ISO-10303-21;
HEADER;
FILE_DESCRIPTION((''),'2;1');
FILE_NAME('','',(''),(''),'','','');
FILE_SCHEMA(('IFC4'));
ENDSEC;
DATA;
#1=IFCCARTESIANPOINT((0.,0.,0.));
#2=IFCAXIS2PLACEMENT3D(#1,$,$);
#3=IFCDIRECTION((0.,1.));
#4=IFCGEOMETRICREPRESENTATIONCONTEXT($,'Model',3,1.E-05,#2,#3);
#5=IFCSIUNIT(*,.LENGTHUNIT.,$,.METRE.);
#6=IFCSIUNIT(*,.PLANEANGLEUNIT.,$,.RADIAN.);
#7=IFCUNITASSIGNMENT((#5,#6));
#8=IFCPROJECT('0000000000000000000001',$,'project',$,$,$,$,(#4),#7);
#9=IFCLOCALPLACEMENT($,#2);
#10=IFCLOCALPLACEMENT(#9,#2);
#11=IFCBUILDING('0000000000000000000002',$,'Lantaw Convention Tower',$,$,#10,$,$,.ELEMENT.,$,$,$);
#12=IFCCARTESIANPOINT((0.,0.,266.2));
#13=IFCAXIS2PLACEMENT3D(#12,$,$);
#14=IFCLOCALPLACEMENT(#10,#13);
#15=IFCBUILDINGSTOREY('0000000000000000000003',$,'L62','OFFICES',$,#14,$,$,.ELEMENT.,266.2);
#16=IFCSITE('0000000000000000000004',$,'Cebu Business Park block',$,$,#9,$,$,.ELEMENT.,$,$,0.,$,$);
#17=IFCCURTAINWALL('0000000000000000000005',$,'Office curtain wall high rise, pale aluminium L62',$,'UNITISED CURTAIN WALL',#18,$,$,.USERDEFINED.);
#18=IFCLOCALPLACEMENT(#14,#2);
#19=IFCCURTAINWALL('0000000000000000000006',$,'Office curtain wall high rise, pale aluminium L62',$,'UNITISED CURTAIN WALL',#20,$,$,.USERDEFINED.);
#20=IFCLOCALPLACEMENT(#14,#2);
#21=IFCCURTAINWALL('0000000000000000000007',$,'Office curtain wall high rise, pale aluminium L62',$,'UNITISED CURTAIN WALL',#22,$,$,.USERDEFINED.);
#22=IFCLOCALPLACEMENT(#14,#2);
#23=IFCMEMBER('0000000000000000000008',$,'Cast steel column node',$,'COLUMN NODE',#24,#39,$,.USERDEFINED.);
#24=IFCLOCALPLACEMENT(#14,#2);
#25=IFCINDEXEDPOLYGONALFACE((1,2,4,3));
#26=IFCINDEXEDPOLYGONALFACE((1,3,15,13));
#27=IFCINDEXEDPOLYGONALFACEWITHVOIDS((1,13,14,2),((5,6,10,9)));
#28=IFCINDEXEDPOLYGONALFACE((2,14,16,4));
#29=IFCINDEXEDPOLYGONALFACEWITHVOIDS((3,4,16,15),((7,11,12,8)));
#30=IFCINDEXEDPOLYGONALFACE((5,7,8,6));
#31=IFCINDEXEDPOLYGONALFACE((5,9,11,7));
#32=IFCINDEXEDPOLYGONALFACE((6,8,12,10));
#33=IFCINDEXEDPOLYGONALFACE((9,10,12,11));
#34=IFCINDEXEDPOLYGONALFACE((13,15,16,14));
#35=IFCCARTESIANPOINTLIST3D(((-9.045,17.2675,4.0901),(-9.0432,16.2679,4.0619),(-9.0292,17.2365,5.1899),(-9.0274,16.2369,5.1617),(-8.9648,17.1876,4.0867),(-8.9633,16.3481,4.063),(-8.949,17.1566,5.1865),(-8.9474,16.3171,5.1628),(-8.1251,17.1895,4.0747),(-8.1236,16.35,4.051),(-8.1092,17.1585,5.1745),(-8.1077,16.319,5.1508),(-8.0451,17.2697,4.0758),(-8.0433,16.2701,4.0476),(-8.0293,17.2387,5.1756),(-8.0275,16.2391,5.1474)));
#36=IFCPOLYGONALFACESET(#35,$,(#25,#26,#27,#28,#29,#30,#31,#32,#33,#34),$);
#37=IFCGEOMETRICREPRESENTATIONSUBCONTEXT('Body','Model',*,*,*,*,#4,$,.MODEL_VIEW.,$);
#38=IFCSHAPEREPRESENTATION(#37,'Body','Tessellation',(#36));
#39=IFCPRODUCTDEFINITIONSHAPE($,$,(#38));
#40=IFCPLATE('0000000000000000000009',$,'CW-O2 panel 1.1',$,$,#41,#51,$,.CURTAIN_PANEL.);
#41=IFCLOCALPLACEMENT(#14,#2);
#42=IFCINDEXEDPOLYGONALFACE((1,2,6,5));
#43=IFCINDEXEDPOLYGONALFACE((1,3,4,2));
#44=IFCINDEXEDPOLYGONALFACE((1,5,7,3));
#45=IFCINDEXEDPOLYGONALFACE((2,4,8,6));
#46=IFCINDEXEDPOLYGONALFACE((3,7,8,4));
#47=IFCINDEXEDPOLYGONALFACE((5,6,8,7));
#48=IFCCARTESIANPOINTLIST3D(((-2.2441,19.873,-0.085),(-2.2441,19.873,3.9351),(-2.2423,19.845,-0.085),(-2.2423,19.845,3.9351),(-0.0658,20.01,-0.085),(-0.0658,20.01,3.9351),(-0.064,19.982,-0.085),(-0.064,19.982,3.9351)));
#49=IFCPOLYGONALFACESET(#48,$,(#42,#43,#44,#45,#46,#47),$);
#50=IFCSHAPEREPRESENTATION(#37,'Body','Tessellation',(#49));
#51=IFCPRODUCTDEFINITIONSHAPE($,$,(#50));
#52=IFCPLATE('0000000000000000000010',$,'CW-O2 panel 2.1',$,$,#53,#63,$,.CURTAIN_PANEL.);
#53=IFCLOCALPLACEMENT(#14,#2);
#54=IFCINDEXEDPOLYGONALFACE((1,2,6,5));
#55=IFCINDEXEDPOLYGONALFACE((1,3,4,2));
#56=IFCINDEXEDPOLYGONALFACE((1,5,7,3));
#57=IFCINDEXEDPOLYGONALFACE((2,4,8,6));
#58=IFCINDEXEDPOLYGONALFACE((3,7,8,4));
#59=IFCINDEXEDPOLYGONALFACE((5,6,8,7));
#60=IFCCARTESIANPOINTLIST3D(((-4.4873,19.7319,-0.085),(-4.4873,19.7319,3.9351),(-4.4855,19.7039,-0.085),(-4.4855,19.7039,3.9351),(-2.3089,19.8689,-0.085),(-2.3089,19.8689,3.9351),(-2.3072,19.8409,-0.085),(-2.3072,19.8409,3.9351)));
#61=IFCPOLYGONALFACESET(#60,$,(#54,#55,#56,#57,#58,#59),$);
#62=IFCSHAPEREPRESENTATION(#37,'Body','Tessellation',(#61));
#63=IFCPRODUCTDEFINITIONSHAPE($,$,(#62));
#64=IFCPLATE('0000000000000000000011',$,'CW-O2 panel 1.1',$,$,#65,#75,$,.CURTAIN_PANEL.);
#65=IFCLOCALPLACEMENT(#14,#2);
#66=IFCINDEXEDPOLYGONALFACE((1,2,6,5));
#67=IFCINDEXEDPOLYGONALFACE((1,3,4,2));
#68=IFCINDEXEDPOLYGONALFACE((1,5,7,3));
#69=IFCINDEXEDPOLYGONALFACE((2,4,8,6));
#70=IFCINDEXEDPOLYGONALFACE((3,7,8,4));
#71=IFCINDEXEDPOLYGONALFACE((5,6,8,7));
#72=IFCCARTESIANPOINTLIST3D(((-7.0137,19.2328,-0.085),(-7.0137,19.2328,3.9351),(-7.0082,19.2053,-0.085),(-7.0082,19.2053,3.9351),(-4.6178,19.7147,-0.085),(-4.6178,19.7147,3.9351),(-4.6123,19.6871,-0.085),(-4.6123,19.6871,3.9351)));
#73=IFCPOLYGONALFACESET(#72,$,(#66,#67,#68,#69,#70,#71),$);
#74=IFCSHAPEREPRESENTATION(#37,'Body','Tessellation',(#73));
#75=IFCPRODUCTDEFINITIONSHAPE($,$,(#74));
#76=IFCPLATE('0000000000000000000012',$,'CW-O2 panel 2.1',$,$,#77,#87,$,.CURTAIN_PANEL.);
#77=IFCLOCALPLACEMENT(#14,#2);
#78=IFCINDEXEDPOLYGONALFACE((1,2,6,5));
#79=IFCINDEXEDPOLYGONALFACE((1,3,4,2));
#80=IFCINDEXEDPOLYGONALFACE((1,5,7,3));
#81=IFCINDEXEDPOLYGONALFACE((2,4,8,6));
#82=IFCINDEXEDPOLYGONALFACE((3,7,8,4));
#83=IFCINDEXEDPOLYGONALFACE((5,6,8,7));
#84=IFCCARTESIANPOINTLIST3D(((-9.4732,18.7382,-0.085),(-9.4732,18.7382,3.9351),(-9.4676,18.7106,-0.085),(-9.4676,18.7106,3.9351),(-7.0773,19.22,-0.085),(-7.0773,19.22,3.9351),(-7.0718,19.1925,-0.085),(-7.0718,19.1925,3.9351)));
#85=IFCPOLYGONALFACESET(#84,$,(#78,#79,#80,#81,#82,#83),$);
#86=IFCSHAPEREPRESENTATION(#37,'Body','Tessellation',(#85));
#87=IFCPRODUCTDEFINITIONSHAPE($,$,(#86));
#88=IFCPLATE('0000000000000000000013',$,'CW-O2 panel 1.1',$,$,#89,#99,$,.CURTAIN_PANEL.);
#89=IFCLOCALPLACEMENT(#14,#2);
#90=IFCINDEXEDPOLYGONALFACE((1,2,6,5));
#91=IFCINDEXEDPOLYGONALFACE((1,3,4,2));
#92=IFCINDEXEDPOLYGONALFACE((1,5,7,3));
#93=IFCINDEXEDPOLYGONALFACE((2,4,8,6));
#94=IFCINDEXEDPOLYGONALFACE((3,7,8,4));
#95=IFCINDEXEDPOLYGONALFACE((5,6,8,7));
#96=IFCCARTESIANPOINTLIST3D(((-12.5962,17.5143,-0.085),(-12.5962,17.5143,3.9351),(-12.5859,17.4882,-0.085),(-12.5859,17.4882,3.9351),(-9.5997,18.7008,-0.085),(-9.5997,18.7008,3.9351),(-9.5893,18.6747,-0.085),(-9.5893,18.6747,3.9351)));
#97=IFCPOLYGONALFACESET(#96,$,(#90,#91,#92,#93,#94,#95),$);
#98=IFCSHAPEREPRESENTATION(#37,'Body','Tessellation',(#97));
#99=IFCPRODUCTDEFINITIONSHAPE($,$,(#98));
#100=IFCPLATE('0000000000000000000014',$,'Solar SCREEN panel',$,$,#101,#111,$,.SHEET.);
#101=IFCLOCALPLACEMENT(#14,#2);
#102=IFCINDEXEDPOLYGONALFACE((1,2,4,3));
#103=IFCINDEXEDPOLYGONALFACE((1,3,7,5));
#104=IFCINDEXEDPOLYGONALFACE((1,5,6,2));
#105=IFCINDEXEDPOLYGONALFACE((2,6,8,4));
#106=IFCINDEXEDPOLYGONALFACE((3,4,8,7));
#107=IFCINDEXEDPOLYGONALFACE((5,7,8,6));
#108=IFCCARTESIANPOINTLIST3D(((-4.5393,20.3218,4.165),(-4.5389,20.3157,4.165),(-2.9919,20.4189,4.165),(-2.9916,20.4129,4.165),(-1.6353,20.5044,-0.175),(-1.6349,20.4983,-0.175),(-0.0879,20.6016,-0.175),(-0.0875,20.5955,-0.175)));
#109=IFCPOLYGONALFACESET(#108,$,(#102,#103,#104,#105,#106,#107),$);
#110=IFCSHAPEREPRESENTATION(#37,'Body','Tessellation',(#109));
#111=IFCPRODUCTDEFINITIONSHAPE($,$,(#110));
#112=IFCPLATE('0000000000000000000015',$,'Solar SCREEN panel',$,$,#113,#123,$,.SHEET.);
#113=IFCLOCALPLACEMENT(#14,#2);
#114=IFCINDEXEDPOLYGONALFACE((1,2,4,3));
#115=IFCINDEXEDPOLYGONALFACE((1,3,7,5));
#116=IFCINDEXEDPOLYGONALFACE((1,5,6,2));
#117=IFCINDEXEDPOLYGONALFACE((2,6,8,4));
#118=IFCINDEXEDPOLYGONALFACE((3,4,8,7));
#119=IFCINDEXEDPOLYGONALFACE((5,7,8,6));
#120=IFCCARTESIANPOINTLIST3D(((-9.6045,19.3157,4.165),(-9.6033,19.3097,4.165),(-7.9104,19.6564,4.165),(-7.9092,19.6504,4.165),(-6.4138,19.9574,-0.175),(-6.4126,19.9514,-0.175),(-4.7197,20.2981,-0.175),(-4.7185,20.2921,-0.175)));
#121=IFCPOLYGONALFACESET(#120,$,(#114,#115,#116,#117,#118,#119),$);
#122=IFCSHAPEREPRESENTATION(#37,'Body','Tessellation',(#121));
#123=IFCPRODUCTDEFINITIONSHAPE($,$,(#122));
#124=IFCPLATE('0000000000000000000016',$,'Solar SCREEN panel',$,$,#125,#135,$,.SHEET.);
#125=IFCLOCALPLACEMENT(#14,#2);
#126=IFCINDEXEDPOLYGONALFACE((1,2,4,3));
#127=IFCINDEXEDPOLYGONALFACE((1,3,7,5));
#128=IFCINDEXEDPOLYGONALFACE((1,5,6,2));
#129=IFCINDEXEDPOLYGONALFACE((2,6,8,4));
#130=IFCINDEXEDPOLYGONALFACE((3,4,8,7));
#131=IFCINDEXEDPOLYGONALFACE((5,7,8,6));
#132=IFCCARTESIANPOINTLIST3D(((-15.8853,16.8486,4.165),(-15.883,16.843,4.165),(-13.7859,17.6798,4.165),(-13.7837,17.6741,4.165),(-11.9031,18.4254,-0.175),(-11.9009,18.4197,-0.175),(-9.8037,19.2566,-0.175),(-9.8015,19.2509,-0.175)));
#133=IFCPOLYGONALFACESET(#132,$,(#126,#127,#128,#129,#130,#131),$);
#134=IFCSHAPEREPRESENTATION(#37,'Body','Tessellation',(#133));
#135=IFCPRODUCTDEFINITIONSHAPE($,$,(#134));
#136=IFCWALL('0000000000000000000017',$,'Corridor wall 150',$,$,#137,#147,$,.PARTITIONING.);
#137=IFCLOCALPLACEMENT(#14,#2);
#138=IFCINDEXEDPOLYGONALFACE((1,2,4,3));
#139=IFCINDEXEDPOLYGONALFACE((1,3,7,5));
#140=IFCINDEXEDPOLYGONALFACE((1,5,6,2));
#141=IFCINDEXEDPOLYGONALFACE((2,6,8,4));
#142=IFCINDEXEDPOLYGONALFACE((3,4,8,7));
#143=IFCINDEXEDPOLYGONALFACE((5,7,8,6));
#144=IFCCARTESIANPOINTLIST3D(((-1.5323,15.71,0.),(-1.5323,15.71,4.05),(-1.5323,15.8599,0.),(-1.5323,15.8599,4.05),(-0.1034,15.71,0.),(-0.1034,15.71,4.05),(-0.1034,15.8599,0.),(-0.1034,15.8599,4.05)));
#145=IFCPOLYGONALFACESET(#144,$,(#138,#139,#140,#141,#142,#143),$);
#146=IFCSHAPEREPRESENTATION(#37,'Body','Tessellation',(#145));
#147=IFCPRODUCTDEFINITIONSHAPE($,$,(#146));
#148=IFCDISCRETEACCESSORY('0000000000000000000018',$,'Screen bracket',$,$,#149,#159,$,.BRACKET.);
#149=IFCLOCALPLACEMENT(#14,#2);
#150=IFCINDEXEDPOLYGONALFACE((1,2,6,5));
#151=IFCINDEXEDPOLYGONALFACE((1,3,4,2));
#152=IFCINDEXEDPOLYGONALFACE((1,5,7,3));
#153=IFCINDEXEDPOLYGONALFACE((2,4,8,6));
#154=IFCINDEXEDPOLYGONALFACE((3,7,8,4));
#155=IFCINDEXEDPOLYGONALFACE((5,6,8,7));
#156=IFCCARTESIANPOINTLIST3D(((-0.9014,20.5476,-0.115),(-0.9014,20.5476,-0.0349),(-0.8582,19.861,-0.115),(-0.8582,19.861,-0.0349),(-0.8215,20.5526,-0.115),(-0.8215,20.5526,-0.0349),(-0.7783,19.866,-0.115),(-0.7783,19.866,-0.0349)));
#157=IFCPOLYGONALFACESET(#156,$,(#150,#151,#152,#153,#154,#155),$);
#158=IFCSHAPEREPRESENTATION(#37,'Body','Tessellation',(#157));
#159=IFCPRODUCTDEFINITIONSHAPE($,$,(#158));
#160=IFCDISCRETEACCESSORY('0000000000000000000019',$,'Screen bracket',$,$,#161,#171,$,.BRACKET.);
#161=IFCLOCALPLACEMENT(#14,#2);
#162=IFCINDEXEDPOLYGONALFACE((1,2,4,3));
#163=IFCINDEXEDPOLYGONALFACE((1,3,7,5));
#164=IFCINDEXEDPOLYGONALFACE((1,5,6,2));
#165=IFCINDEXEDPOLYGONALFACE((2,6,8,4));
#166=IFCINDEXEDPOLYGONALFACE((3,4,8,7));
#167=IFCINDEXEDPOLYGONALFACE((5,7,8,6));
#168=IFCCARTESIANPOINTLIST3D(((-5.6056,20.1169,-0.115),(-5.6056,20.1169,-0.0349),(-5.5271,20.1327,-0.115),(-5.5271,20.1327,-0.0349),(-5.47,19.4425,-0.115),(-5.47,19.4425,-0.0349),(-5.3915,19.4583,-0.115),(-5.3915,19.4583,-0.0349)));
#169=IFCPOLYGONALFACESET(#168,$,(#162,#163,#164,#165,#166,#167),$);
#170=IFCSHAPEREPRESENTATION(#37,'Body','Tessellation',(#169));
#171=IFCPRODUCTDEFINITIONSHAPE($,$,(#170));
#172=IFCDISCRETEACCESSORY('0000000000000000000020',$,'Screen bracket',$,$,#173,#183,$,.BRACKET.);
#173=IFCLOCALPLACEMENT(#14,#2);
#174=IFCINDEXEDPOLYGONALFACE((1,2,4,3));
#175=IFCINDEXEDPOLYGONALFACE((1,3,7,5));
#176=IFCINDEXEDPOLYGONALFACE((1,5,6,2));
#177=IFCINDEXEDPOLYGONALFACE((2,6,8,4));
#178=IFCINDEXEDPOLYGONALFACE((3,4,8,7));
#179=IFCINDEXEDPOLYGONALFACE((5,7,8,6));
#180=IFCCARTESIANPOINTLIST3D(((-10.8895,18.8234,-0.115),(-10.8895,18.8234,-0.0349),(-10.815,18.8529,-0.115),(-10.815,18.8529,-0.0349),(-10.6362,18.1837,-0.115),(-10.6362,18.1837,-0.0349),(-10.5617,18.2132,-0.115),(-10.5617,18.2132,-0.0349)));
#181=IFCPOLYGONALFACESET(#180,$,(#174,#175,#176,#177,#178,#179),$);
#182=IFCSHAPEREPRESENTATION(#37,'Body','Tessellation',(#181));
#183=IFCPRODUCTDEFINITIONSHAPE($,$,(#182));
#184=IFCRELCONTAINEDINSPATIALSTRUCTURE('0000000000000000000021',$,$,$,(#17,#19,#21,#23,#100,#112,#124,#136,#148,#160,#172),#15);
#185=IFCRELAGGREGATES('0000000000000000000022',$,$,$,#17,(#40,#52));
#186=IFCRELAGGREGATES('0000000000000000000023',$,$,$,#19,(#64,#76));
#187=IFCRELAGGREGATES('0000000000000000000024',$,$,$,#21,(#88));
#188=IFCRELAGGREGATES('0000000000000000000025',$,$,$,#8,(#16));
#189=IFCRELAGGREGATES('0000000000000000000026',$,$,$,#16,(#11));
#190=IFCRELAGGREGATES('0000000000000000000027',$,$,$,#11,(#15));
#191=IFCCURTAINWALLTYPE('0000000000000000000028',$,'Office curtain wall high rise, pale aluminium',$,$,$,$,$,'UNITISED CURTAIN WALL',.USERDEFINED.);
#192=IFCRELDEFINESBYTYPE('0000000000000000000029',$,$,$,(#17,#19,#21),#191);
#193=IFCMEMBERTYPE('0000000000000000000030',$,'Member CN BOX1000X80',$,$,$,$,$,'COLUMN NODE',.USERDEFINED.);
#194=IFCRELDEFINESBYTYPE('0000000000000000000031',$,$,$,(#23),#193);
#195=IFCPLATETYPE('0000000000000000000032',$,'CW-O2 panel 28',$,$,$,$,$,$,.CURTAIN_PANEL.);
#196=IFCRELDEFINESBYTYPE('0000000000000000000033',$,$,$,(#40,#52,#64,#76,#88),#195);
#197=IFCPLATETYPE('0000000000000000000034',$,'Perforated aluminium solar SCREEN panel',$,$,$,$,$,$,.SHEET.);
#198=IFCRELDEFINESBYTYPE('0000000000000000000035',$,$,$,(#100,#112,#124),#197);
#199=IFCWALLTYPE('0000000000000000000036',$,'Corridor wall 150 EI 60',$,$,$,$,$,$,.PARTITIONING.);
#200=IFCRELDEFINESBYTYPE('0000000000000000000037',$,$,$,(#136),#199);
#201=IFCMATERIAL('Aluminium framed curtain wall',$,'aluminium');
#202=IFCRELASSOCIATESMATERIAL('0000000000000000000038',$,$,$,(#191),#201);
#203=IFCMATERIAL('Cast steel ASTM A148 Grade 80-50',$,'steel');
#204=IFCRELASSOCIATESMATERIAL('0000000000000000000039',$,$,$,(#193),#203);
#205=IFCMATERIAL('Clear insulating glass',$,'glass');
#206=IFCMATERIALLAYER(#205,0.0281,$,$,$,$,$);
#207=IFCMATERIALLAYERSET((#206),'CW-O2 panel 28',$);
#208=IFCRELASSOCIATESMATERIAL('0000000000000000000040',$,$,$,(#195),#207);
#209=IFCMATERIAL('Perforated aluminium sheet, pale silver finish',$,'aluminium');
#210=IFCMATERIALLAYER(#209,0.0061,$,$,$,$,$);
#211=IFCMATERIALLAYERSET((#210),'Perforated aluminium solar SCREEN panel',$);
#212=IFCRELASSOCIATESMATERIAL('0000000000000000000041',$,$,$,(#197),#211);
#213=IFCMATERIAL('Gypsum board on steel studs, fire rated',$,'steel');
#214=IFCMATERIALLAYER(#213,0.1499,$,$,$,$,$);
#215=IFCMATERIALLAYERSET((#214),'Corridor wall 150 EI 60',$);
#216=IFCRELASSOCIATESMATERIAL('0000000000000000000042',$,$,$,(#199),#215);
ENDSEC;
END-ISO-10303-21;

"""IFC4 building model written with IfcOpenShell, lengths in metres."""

from ifc_helpers import new_model, si_unit, direction, frame, frame_2d, origin, origin_2d, place, context, subcontext, project, spatial, polyline, rectangle, hollow_rectangle, outline, extrude, material, layer, layer_set, material_profile, profile_set, type_object, element, aggregate, save


model = new_model("IFC4")

# Units and contexts
model_context = context("Model", 3, precision=1e-05, world=origin(), true_north=direction((0.0, 1.0)))
body_context = subcontext(model_context, "Body", "Model", "MODEL_VIEW")
ifc_project = project(units=[si_unit("LENGTHUNIT", "METRE"), si_unit("PLANEANGLEUNIT", "RADIAN")], contexts=[model_context])

# Site, building, storey
site_placement = place(None, origin())
site = spatial("IfcSite", under=ifc_project, at=site_placement, Name="Cebu Business Park block", CompositionType="ELEMENT", RefElevation=0.0)
building_placement = place(site_placement, origin())
building = spatial("IfcBuilding", under=site, at=building_placement, Name="Lantaw Convention Tower", CompositionType="ELEMENT")
storey_placement = place(building_placement, frame((0.0, 0.0, 266.2)))
storey = spatial("IfcBuildingStorey", under=building, at=storey_placement, Name="L62", Description="OFFICES", CompositionType="ELEMENT", Elevation=266.2)

# Curtain walls
ifc_material_1 = material(Name="Aluminium framed curtain wall", Category="aluminium")
curtain_wall_type = type_object("IfcCurtainWallType", Name="Office curtain wall high rise, pale aluminium", ElementType="UNITISED CURTAIN WALL", PredefinedType="USERDEFINED", material=ifc_material_1)
curtain_wall_1_placement = place(storey_placement, origin())
curtain_wall_1 = element("IfcCurtainWall", 1, at=curtain_wall_1_placement, inside=storey, type_object=curtain_wall_type, Name="Office curtain wall high rise, pale aluminium L62", ObjectType="UNITISED CURTAIN WALL", PredefinedType="USERDEFINED")
curtain_wall_2_placement = place(storey_placement, origin())
curtain_wall_2 = element("IfcCurtainWall", 2, at=curtain_wall_2_placement, inside=storey, type_object=curtain_wall_type, Name="Office curtain wall high rise, pale aluminium L62", ObjectType="UNITISED CURTAIN WALL", PredefinedType="USERDEFINED")

# Curtain wall
curtain_wall_3_placement = place(storey_placement, origin())
curtain_wall_3 = element("IfcCurtainWall", 3, at=curtain_wall_3_placement, inside=storey, type_object=curtain_wall_type, Name="Office curtain wall high rise, pale aluminium L62", ObjectType="UNITISED CURTAIN WALL", PredefinedType="USERDEFINED")

# Member
ifc_material_2 = material(Name="Cast steel ASTM A148 Grade 80-50", Category="steel")
ifc_material_profile_1 = material_profile(ifc_material_2, hollow_rectangle(XDim=1.0, YDim=1.0, WallThickness=0.0801, at=origin_2d()), Name="BOX1000X80")
ifc_profile_set_1 = profile_set([ifc_material_profile_1], Name="Cast steel ASTM A148 Grade 80-50")
member_type_1 = type_object("IfcMemberType", Name="Member CN BOX1000X80", ElementType="COLUMN NODE", PredefinedType="USERDEFINED", material=ifc_profile_set_1)
member_1_placement = place(storey_placement, frame((-8.5442, 16.7688, 4.0688), z_axis=(0.014421, -0.028177, 0.999499), x_axis=(0.999894, 0.002217, -0.014364)))
element("IfcMember", 4, at=member_1_placement, inside=storey, type_object=member_type_1, Name="Cast steel column node", ObjectType="COLUMN NODE", PredefinedType="USERDEFINED", context=body_context, shape_type="SweptSolid", body=[
    extrude(hollow_rectangle(XDim=1.0, YDim=1.0, WallThickness=0.0801, at=origin_2d()), origin(), (0.0, 0.0, 1.0), 1.1003),
])

# Plates
ifc_material_3 = material(Name="Clear insulating glass", Category="glass")
ifc_layer_1 = layer(ifc_material_3, 0.0281)
ifc_layer_set_1 = layer_set([ifc_layer_1], Name="CW-O2 panel 28")
plate_type_1 = type_object("IfcPlateType", Name="CW-O2 panel 28", PredefinedType="CURTAIN_PANEL", material=ifc_layer_set_1)
plate_1_placement = place(storey_placement, frame((-1.1541, 19.9275, -0.085), z_axis=(0.0, 0.0, 1.0), x_axis=(-0.998029, -0.062758, 0.0)))
plate_1 = element("IfcPlate", 5, at=plate_1_placement, type_object=plate_type_1, Name="CW-O2 panel 1.1", PredefinedType="CURTAIN_PANEL", context=body_context, shape_type="SweptSolid", body=[
    extrude(rectangle(XDim=2.1826, YDim=0.0281, at=origin_2d()), origin(), (0.0, 0.0, 1.0), 4.02),
])
plate_2_placement = place(storey_placement, frame((-3.3972, 19.7864, -0.085), z_axis=(0.0, 0.0, 1.0), x_axis=(-0.998029, -0.062758, 0.0)))
plate_2 = element("IfcPlate", 6, at=plate_2_placement, type_object=plate_type_1, Name="CW-O2 panel 2.1", PredefinedType="CURTAIN_PANEL", context=body_context, shape_type="SweptSolid", body=[
    extrude(rectangle(XDim=2.1826, YDim=0.0281, at=origin_2d()), origin(), (0.0, 0.0, 1.0), 4.02),
])
aggregate(curtain_wall_1, [plate_1, plate_2])
plate_3_placement = place(storey_placement, frame((-5.813, 19.46, -0.085), z_axis=(0.0, 0.0, 1.0), x_axis=(-0.980367, -0.197183, 0.0)))
plate_3 = element("IfcPlate", 7, at=plate_3_placement, type_object=plate_type_1, Name="CW-O2 panel 1.1", PredefinedType="CURTAIN_PANEL", context=body_context, shape_type="SweptSolid", body=[
    extrude(rectangle(XDim=2.4438, YDim=0.0281, at=origin_2d()), origin(), (0.0, 0.0, 1.0), 4.02),
])
plate_4_placement = place(storey_placement, frame((-8.2725, 18.9653, -0.085), z_axis=(0.0, 0.0, 1.0), x_axis=(-0.980367, -0.197183, 0.0)))
plate_4 = element("IfcPlate", 8, at=plate_4_placement, type_object=plate_type_1, Name="CW-O2 panel 2.1", PredefinedType="CURTAIN_PANEL", context=body_context, shape_type="SweptSolid", body=[
    extrude(rectangle(XDim=2.4438, YDim=0.0281, at=origin_2d()), origin(), (0.0, 0.0, 1.0), 4.02),
])
aggregate(curtain_wall_2, [plate_3, plate_4])
plate_5_placement = place(storey_placement, frame((-11.0928, 18.0945, -0.085), z_axis=(0.0, 0.0, 1.0), x_axis=(-0.929762, -0.368162, 0.0)))
plate_5 = element("IfcPlate", 9, at=plate_5_placement, type_object=plate_type_1, Name="CW-O2 panel 1.1", PredefinedType="CURTAIN_PANEL", context=body_context, shape_type="SweptSolid", body=[
    extrude(rectangle(XDim=3.2229, YDim=0.0281, at=origin_2d()), origin(), (0.0, 0.0, 1.0), 4.02),
])
aggregate(curtain_wall_3, [plate_5])

# Plates
ifc_material_4 = material(Name="Perforated aluminium sheet, pale silver finish", Category="aluminium")
ifc_layer_2 = layer(ifc_material_4, 0.0061)
ifc_layer_set_2 = layer_set([ifc_layer_2], Name="Perforated aluminium solar SCREEN panel")
plate_type_2 = type_object("IfcPlateType", Name="Perforated aluminium solar SCREEN panel", PredefinedType="SHEET", material=ifc_layer_set_2)
plate_6_placement = place(storey_placement, frame((-0.0879, 20.6016, -0.175), z_axis=(-0.062672, 0.998034, 0.000059), x_axis=(-0.998034, -0.062672, 0.0)))
element("IfcPlate", 10, at=plate_6_placement, inside=storey, type_object=plate_type_2, Name="Solar SCREEN panel", PredefinedType="SHEET", context=body_context, shape_type="SweptSolid", body=[
    extrude(outline(polyline([(0.0, 0.0), (1.5504, 0.0), (4.4602, 4.3401), (2.9098, 4.3401), (0.0, 0.0)])), origin(), (0.0, 0.0, -1.0), 0.0061),
])
plate_7_placement = place(storey_placement, frame((-4.7197, 20.2981, -0.175), z_axis=(-0.197162, 0.980371, 0.000011), x_axis=(-0.980371, -0.197162, 0.0)))
element("IfcPlate", 11, at=plate_7_placement, inside=storey, type_object=plate_type_2, Name="Solar SCREEN panel", PredefinedType="SHEET", context=body_context, shape_type="SweptSolid", body=[
    extrude(outline(polyline([(0.0, 0.0), (1.728, 0.0), (4.9826, 4.3401), (3.2546, 4.3401), (0.0, 0.0)])), origin(), (0.0, 0.0, -1.0), 0.0061),
])
plate_8_placement = place(storey_placement, frame((-9.8037, 19.2566, -0.175), z_axis=(-0.368117, 0.92978, 0.000036), x_axis=(-0.92978, -0.368117, 0.0)))
element("IfcPlate", 12, at=plate_8_placement, inside=storey, type_object=plate_type_2, Name="Solar SCREEN panel", PredefinedType="SHEET", context=body_context, shape_type="SweptSolid", body=[
    extrude(outline(polyline([(0.0, 0.0), (2.258, 0.0), (6.5409, 4.3401), (4.283, 4.3401), (0.0, 0.0)])), origin(), (0.0, 0.0, -1.0), 0.0061),
])

# Wall
ifc_material_5 = material(Name="Gypsum board on steel studs, fire rated", Category="steel")
ifc_layer_3 = layer(ifc_material_5, 0.1499)
ifc_layer_set_3 = layer_set([ifc_layer_3], Name="Corridor wall 150 EI 60")
wall_type = type_object("IfcWallType", Name="Corridor wall 150 EI 60", PredefinedType="PARTITIONING", material=ifc_layer_set_3)
wall_placement = place(storey_placement, frame((-1.5322, 15.7849, 0.0), z_axis=(0.0, 0.0, 1.0), x_axis=(1.0, 0.0, 0.0)))
element("IfcWall", 13, at=wall_placement, inside=storey, type_object=wall_type, Name="Corridor wall 150", PredefinedType="PARTITIONING", context=body_context, shape_type="SweptSolid", body=[
    extrude(rectangle(XDim=1.429, YDim=0.1499, at=frame_2d((0.7144, 0.0))), origin(), (0.0, 0.0, 1.0), 4.05),
])

# Discrete accessories
for number, where, z_axis, x_axis, name in (
    (14, (-0.8398, 20.2068, -0.115), (0.0, 0.0, 1.0), (-0.998029, -0.062758, 0.0), "Screen bracket"),
    (15, (-5.4985, 19.7876, -0.115), (0.0, 0.0, 1.0), (-0.980367, -0.197183, 0.0), "Screen bracket"),
    (16, (-10.7256, 18.5183, -0.115), (0.0, 0.0, 1.0), (-0.929762, -0.368162, 0.0), "Screen bracket"),
):
    element("IfcDiscreteAccessory", number, at=place(storey_placement, frame(where, z_axis=z_axis, x_axis=x_axis)), inside=storey, Name=name, PredefinedType="BRACKET", context=body_context, shape_type="SweptSolid", body=[
        extrude(rectangle(XDim=0.0801, YDim=0.688, at=origin_2d()), origin(), (0.0, 0.0, 1.0), 0.0801),
    ])

save(model, "model.ifc")
